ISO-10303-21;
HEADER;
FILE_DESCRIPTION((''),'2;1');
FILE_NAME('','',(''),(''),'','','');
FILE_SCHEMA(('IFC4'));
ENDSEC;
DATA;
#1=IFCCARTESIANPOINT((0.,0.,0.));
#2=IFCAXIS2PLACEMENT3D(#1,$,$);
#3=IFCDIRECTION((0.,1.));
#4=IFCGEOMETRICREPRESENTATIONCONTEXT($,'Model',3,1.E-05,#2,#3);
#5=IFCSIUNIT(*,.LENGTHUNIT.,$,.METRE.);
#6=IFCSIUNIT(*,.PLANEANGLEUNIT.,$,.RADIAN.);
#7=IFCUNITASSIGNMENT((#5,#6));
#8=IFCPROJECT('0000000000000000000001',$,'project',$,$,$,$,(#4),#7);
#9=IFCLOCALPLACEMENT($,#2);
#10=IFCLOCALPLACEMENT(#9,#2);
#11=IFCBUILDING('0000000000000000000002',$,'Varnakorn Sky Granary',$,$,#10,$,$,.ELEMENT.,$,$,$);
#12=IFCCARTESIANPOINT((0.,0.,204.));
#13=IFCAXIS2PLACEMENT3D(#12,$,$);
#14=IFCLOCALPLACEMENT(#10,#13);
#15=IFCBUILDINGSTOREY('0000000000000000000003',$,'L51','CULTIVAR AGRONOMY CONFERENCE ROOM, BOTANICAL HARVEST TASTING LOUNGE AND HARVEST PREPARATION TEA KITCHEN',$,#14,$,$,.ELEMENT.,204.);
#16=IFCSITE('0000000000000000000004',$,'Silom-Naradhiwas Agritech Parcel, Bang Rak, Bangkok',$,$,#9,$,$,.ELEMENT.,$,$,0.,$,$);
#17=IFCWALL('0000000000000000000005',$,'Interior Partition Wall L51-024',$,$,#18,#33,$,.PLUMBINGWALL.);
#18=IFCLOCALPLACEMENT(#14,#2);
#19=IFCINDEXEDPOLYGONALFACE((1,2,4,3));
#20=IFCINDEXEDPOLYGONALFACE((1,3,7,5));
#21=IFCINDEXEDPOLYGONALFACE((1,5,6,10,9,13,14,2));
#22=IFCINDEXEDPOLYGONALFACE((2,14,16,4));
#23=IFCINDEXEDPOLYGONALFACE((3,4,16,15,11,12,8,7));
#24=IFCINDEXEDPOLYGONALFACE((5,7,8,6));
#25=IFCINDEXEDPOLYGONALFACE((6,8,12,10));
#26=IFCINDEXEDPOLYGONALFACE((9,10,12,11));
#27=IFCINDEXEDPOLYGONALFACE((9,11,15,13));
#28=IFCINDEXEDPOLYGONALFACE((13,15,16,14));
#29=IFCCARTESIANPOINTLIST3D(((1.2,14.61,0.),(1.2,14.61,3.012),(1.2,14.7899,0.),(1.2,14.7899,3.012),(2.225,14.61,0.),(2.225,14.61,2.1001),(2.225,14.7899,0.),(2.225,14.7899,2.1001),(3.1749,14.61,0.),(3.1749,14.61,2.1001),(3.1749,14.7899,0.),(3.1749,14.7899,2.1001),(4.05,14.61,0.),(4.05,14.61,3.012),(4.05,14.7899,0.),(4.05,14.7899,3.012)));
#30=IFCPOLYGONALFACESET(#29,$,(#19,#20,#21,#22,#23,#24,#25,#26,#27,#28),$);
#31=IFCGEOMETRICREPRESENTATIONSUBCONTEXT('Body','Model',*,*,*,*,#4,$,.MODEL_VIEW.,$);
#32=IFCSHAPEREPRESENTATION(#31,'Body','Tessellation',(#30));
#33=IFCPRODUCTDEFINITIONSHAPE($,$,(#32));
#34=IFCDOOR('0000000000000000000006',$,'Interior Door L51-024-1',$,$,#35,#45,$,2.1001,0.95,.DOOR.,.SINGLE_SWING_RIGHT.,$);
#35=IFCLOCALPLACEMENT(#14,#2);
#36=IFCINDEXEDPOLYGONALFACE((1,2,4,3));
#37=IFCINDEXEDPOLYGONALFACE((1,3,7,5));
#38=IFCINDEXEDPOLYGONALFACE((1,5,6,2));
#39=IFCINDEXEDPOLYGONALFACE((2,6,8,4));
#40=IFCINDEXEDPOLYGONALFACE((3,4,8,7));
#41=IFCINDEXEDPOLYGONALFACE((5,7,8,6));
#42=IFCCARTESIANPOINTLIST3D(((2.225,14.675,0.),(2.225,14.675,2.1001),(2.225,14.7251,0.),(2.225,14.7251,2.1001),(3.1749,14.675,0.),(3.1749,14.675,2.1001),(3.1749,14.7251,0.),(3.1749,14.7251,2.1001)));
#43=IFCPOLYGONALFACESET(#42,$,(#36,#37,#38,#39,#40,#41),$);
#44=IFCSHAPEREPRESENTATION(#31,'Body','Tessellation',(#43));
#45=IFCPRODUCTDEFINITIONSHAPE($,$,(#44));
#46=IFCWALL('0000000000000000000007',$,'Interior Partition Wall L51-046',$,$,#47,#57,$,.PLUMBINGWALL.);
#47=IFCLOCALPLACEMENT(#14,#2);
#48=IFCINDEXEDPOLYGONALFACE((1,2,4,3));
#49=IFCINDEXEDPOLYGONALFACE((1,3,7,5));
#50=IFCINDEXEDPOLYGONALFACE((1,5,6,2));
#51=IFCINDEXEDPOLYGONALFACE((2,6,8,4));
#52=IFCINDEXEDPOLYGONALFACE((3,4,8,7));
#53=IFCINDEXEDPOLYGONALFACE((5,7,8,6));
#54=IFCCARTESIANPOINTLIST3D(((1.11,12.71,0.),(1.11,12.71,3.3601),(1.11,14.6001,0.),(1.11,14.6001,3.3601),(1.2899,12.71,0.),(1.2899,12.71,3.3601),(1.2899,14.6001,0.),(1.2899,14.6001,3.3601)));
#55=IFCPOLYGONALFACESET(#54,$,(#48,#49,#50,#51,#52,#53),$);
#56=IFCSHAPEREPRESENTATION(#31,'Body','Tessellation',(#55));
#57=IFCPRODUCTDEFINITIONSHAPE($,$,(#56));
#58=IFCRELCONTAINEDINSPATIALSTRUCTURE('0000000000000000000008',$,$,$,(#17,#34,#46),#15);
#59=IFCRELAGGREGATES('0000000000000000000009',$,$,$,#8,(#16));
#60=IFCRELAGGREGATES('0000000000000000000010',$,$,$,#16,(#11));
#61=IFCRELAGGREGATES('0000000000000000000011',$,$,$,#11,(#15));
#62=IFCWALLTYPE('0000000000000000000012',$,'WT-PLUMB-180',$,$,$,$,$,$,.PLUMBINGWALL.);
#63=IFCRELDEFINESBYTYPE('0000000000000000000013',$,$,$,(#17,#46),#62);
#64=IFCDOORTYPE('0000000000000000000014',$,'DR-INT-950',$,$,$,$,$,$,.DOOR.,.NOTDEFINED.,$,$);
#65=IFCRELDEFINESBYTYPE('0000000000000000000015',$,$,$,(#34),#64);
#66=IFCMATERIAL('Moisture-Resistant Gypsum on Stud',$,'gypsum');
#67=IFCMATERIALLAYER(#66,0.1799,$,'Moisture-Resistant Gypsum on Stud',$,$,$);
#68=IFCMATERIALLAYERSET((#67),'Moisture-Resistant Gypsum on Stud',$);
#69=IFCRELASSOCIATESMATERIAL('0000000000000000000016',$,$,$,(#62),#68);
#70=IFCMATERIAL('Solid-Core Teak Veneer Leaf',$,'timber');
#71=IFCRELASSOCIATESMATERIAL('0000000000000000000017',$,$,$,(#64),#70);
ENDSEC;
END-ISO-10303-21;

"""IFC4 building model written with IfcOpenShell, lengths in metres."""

from ifc_helpers import new_model, si_unit, direction, frame, frame_2d, origin, place, context, subcontext, project, spatial, rectangle, extrude, material, layer, layer_set, type_object, element, fill, save


model = new_model("IFC4")

# Units and contexts
model_context = context("Model", 3, precision=1e-05, world=origin(), true_north=direction((0.0, 1.0)))
body_context = subcontext(model_context, "Body", "Model", "MODEL_VIEW")
ifc_project = project(units=[si_unit("LENGTHUNIT", "METRE"), si_unit("PLANEANGLEUNIT", "RADIAN")], contexts=[model_context])

# Site, building, storey
site_placement = place(None, origin())
site = spatial("IfcSite", under=ifc_project, at=site_placement, Name="Silom-Naradhiwas Agritech Parcel, Bang Rak, Bangkok", CompositionType="ELEMENT", RefElevation=0.0)
building_placement = place(site_placement, origin())
building = spatial("IfcBuilding", under=site, at=building_placement, Name="Varnakorn Sky Granary", CompositionType="ELEMENT")
storey_placement = place(building_placement, frame((0.0, 0.0, 204.0)))
storey = spatial("IfcBuildingStorey", under=building, at=storey_placement, Name="L51", Description="CULTIVAR AGRONOMY CONFERENCE ROOM, BOTANICAL HARVEST TASTING LOUNGE AND HARVEST PREPARATION TEA KITCHEN", CompositionType="ELEMENT", Elevation=204.0)

# Wall, opening, door
ifc_material_1 = material(Name="Moisture-Resistant Gypsum on Stud", Category="gypsum")
ifc_layer_1 = layer(ifc_material_1, 0.1799, Name="Moisture-Resistant Gypsum on Stud")
ifc_layer_set_1 = layer_set([ifc_layer_1], Name="Moisture-Resistant Gypsum on Stud")
wall_type_1 = type_object("IfcWallType", Name="WT-PLUMB-180", PredefinedType="PLUMBINGWALL", material=ifc_layer_set_1)
wall_1_placement = place(storey_placement, frame((4.05, 14.7, 0.0), z_axis=(0.0, 0.0, 1.0), x_axis=(-1.0, 0.0, 0.0)))
wall_1 = element("IfcWall", 1, at=wall_1_placement, inside=storey, type_object=wall_type_1, Name="Interior Partition Wall L51-024", PredefinedType="PLUMBINGWALL", context=body_context, shape_type="SweptSolid", body=[
    extrude(rectangle(XDim=2.8501, YDim=0.1799, at=frame_2d((1.425, 0.0))), origin(), (0.0, 0.0, 1.0), 3.012),
])
opening_1_placement = place(wall_1_placement, frame((0.875, 0.0, 0.0)))
opening_1 = element("IfcOpeningElement", 2, at=opening_1_placement, cuts=wall_1, PredefinedType="OPENING", context=body_context, shape_type="SweptSolid", body=[
    extrude(rectangle(XDim=0.95, YDim=2.1001, at=frame_2d((0.4751, 1.05))), frame((0.0, 0.1001, 0.0), z_axis=(0.0, -1.0, 0.0), x_axis=(1.0, 0.0, 0.0)), (0.0, 0.0, 1.0), 0.2),
])
ifc_material_2 = material(Name="Solid-Core Teak Veneer Leaf", Category="timber")
door_type_1 = type_object("IfcDoorType", Name="DR-INT-950", OperationType="NOTDEFINED", PredefinedType="DOOR", material=ifc_material_2)
door_1_placement = place(opening_1_placement, origin())
door_1 = element("IfcDoor", 3, at=door_1_placement, inside=storey, type_object=door_type_1, Name="Interior Door L51-024-1", OperationType="SINGLE_SWING_RIGHT", OverallHeight=2.1001, OverallWidth=0.95, PredefinedType="DOOR", context=body_context, shape_type="SweptSolid", body=[
    extrude(rectangle(XDim=0.95, YDim=2.1001, at=frame_2d((0.4751, 1.05))), frame((0.0, 0.0249, 0.0), z_axis=(0.0, -1.0, 0.0), x_axis=(1.0, 0.0, 0.0)), (0.0, 0.0, 1.0), 0.05),
])
fill(opening_1, door_1)

# Wall
wall_2_placement = place(storey_placement, frame((1.2, 14.6001, 0.0), z_axis=(0.0, 0.0, 1.0), x_axis=(0.0, -1.0, 0.0)))
element("IfcWall", 4, at=wall_2_placement, inside=storey, type_object=wall_type_1, Name="Interior Partition Wall L51-046", PredefinedType="PLUMBINGWALL", context=body_context, shape_type="SweptSolid", body=[
    extrude(rectangle(XDim=1.8901, YDim=0.1799, at=frame_2d((0.9451, 0.0))), origin(), (0.0, 0.0, 1.0), 3.3601),
])

save(model, "model.ifc")
